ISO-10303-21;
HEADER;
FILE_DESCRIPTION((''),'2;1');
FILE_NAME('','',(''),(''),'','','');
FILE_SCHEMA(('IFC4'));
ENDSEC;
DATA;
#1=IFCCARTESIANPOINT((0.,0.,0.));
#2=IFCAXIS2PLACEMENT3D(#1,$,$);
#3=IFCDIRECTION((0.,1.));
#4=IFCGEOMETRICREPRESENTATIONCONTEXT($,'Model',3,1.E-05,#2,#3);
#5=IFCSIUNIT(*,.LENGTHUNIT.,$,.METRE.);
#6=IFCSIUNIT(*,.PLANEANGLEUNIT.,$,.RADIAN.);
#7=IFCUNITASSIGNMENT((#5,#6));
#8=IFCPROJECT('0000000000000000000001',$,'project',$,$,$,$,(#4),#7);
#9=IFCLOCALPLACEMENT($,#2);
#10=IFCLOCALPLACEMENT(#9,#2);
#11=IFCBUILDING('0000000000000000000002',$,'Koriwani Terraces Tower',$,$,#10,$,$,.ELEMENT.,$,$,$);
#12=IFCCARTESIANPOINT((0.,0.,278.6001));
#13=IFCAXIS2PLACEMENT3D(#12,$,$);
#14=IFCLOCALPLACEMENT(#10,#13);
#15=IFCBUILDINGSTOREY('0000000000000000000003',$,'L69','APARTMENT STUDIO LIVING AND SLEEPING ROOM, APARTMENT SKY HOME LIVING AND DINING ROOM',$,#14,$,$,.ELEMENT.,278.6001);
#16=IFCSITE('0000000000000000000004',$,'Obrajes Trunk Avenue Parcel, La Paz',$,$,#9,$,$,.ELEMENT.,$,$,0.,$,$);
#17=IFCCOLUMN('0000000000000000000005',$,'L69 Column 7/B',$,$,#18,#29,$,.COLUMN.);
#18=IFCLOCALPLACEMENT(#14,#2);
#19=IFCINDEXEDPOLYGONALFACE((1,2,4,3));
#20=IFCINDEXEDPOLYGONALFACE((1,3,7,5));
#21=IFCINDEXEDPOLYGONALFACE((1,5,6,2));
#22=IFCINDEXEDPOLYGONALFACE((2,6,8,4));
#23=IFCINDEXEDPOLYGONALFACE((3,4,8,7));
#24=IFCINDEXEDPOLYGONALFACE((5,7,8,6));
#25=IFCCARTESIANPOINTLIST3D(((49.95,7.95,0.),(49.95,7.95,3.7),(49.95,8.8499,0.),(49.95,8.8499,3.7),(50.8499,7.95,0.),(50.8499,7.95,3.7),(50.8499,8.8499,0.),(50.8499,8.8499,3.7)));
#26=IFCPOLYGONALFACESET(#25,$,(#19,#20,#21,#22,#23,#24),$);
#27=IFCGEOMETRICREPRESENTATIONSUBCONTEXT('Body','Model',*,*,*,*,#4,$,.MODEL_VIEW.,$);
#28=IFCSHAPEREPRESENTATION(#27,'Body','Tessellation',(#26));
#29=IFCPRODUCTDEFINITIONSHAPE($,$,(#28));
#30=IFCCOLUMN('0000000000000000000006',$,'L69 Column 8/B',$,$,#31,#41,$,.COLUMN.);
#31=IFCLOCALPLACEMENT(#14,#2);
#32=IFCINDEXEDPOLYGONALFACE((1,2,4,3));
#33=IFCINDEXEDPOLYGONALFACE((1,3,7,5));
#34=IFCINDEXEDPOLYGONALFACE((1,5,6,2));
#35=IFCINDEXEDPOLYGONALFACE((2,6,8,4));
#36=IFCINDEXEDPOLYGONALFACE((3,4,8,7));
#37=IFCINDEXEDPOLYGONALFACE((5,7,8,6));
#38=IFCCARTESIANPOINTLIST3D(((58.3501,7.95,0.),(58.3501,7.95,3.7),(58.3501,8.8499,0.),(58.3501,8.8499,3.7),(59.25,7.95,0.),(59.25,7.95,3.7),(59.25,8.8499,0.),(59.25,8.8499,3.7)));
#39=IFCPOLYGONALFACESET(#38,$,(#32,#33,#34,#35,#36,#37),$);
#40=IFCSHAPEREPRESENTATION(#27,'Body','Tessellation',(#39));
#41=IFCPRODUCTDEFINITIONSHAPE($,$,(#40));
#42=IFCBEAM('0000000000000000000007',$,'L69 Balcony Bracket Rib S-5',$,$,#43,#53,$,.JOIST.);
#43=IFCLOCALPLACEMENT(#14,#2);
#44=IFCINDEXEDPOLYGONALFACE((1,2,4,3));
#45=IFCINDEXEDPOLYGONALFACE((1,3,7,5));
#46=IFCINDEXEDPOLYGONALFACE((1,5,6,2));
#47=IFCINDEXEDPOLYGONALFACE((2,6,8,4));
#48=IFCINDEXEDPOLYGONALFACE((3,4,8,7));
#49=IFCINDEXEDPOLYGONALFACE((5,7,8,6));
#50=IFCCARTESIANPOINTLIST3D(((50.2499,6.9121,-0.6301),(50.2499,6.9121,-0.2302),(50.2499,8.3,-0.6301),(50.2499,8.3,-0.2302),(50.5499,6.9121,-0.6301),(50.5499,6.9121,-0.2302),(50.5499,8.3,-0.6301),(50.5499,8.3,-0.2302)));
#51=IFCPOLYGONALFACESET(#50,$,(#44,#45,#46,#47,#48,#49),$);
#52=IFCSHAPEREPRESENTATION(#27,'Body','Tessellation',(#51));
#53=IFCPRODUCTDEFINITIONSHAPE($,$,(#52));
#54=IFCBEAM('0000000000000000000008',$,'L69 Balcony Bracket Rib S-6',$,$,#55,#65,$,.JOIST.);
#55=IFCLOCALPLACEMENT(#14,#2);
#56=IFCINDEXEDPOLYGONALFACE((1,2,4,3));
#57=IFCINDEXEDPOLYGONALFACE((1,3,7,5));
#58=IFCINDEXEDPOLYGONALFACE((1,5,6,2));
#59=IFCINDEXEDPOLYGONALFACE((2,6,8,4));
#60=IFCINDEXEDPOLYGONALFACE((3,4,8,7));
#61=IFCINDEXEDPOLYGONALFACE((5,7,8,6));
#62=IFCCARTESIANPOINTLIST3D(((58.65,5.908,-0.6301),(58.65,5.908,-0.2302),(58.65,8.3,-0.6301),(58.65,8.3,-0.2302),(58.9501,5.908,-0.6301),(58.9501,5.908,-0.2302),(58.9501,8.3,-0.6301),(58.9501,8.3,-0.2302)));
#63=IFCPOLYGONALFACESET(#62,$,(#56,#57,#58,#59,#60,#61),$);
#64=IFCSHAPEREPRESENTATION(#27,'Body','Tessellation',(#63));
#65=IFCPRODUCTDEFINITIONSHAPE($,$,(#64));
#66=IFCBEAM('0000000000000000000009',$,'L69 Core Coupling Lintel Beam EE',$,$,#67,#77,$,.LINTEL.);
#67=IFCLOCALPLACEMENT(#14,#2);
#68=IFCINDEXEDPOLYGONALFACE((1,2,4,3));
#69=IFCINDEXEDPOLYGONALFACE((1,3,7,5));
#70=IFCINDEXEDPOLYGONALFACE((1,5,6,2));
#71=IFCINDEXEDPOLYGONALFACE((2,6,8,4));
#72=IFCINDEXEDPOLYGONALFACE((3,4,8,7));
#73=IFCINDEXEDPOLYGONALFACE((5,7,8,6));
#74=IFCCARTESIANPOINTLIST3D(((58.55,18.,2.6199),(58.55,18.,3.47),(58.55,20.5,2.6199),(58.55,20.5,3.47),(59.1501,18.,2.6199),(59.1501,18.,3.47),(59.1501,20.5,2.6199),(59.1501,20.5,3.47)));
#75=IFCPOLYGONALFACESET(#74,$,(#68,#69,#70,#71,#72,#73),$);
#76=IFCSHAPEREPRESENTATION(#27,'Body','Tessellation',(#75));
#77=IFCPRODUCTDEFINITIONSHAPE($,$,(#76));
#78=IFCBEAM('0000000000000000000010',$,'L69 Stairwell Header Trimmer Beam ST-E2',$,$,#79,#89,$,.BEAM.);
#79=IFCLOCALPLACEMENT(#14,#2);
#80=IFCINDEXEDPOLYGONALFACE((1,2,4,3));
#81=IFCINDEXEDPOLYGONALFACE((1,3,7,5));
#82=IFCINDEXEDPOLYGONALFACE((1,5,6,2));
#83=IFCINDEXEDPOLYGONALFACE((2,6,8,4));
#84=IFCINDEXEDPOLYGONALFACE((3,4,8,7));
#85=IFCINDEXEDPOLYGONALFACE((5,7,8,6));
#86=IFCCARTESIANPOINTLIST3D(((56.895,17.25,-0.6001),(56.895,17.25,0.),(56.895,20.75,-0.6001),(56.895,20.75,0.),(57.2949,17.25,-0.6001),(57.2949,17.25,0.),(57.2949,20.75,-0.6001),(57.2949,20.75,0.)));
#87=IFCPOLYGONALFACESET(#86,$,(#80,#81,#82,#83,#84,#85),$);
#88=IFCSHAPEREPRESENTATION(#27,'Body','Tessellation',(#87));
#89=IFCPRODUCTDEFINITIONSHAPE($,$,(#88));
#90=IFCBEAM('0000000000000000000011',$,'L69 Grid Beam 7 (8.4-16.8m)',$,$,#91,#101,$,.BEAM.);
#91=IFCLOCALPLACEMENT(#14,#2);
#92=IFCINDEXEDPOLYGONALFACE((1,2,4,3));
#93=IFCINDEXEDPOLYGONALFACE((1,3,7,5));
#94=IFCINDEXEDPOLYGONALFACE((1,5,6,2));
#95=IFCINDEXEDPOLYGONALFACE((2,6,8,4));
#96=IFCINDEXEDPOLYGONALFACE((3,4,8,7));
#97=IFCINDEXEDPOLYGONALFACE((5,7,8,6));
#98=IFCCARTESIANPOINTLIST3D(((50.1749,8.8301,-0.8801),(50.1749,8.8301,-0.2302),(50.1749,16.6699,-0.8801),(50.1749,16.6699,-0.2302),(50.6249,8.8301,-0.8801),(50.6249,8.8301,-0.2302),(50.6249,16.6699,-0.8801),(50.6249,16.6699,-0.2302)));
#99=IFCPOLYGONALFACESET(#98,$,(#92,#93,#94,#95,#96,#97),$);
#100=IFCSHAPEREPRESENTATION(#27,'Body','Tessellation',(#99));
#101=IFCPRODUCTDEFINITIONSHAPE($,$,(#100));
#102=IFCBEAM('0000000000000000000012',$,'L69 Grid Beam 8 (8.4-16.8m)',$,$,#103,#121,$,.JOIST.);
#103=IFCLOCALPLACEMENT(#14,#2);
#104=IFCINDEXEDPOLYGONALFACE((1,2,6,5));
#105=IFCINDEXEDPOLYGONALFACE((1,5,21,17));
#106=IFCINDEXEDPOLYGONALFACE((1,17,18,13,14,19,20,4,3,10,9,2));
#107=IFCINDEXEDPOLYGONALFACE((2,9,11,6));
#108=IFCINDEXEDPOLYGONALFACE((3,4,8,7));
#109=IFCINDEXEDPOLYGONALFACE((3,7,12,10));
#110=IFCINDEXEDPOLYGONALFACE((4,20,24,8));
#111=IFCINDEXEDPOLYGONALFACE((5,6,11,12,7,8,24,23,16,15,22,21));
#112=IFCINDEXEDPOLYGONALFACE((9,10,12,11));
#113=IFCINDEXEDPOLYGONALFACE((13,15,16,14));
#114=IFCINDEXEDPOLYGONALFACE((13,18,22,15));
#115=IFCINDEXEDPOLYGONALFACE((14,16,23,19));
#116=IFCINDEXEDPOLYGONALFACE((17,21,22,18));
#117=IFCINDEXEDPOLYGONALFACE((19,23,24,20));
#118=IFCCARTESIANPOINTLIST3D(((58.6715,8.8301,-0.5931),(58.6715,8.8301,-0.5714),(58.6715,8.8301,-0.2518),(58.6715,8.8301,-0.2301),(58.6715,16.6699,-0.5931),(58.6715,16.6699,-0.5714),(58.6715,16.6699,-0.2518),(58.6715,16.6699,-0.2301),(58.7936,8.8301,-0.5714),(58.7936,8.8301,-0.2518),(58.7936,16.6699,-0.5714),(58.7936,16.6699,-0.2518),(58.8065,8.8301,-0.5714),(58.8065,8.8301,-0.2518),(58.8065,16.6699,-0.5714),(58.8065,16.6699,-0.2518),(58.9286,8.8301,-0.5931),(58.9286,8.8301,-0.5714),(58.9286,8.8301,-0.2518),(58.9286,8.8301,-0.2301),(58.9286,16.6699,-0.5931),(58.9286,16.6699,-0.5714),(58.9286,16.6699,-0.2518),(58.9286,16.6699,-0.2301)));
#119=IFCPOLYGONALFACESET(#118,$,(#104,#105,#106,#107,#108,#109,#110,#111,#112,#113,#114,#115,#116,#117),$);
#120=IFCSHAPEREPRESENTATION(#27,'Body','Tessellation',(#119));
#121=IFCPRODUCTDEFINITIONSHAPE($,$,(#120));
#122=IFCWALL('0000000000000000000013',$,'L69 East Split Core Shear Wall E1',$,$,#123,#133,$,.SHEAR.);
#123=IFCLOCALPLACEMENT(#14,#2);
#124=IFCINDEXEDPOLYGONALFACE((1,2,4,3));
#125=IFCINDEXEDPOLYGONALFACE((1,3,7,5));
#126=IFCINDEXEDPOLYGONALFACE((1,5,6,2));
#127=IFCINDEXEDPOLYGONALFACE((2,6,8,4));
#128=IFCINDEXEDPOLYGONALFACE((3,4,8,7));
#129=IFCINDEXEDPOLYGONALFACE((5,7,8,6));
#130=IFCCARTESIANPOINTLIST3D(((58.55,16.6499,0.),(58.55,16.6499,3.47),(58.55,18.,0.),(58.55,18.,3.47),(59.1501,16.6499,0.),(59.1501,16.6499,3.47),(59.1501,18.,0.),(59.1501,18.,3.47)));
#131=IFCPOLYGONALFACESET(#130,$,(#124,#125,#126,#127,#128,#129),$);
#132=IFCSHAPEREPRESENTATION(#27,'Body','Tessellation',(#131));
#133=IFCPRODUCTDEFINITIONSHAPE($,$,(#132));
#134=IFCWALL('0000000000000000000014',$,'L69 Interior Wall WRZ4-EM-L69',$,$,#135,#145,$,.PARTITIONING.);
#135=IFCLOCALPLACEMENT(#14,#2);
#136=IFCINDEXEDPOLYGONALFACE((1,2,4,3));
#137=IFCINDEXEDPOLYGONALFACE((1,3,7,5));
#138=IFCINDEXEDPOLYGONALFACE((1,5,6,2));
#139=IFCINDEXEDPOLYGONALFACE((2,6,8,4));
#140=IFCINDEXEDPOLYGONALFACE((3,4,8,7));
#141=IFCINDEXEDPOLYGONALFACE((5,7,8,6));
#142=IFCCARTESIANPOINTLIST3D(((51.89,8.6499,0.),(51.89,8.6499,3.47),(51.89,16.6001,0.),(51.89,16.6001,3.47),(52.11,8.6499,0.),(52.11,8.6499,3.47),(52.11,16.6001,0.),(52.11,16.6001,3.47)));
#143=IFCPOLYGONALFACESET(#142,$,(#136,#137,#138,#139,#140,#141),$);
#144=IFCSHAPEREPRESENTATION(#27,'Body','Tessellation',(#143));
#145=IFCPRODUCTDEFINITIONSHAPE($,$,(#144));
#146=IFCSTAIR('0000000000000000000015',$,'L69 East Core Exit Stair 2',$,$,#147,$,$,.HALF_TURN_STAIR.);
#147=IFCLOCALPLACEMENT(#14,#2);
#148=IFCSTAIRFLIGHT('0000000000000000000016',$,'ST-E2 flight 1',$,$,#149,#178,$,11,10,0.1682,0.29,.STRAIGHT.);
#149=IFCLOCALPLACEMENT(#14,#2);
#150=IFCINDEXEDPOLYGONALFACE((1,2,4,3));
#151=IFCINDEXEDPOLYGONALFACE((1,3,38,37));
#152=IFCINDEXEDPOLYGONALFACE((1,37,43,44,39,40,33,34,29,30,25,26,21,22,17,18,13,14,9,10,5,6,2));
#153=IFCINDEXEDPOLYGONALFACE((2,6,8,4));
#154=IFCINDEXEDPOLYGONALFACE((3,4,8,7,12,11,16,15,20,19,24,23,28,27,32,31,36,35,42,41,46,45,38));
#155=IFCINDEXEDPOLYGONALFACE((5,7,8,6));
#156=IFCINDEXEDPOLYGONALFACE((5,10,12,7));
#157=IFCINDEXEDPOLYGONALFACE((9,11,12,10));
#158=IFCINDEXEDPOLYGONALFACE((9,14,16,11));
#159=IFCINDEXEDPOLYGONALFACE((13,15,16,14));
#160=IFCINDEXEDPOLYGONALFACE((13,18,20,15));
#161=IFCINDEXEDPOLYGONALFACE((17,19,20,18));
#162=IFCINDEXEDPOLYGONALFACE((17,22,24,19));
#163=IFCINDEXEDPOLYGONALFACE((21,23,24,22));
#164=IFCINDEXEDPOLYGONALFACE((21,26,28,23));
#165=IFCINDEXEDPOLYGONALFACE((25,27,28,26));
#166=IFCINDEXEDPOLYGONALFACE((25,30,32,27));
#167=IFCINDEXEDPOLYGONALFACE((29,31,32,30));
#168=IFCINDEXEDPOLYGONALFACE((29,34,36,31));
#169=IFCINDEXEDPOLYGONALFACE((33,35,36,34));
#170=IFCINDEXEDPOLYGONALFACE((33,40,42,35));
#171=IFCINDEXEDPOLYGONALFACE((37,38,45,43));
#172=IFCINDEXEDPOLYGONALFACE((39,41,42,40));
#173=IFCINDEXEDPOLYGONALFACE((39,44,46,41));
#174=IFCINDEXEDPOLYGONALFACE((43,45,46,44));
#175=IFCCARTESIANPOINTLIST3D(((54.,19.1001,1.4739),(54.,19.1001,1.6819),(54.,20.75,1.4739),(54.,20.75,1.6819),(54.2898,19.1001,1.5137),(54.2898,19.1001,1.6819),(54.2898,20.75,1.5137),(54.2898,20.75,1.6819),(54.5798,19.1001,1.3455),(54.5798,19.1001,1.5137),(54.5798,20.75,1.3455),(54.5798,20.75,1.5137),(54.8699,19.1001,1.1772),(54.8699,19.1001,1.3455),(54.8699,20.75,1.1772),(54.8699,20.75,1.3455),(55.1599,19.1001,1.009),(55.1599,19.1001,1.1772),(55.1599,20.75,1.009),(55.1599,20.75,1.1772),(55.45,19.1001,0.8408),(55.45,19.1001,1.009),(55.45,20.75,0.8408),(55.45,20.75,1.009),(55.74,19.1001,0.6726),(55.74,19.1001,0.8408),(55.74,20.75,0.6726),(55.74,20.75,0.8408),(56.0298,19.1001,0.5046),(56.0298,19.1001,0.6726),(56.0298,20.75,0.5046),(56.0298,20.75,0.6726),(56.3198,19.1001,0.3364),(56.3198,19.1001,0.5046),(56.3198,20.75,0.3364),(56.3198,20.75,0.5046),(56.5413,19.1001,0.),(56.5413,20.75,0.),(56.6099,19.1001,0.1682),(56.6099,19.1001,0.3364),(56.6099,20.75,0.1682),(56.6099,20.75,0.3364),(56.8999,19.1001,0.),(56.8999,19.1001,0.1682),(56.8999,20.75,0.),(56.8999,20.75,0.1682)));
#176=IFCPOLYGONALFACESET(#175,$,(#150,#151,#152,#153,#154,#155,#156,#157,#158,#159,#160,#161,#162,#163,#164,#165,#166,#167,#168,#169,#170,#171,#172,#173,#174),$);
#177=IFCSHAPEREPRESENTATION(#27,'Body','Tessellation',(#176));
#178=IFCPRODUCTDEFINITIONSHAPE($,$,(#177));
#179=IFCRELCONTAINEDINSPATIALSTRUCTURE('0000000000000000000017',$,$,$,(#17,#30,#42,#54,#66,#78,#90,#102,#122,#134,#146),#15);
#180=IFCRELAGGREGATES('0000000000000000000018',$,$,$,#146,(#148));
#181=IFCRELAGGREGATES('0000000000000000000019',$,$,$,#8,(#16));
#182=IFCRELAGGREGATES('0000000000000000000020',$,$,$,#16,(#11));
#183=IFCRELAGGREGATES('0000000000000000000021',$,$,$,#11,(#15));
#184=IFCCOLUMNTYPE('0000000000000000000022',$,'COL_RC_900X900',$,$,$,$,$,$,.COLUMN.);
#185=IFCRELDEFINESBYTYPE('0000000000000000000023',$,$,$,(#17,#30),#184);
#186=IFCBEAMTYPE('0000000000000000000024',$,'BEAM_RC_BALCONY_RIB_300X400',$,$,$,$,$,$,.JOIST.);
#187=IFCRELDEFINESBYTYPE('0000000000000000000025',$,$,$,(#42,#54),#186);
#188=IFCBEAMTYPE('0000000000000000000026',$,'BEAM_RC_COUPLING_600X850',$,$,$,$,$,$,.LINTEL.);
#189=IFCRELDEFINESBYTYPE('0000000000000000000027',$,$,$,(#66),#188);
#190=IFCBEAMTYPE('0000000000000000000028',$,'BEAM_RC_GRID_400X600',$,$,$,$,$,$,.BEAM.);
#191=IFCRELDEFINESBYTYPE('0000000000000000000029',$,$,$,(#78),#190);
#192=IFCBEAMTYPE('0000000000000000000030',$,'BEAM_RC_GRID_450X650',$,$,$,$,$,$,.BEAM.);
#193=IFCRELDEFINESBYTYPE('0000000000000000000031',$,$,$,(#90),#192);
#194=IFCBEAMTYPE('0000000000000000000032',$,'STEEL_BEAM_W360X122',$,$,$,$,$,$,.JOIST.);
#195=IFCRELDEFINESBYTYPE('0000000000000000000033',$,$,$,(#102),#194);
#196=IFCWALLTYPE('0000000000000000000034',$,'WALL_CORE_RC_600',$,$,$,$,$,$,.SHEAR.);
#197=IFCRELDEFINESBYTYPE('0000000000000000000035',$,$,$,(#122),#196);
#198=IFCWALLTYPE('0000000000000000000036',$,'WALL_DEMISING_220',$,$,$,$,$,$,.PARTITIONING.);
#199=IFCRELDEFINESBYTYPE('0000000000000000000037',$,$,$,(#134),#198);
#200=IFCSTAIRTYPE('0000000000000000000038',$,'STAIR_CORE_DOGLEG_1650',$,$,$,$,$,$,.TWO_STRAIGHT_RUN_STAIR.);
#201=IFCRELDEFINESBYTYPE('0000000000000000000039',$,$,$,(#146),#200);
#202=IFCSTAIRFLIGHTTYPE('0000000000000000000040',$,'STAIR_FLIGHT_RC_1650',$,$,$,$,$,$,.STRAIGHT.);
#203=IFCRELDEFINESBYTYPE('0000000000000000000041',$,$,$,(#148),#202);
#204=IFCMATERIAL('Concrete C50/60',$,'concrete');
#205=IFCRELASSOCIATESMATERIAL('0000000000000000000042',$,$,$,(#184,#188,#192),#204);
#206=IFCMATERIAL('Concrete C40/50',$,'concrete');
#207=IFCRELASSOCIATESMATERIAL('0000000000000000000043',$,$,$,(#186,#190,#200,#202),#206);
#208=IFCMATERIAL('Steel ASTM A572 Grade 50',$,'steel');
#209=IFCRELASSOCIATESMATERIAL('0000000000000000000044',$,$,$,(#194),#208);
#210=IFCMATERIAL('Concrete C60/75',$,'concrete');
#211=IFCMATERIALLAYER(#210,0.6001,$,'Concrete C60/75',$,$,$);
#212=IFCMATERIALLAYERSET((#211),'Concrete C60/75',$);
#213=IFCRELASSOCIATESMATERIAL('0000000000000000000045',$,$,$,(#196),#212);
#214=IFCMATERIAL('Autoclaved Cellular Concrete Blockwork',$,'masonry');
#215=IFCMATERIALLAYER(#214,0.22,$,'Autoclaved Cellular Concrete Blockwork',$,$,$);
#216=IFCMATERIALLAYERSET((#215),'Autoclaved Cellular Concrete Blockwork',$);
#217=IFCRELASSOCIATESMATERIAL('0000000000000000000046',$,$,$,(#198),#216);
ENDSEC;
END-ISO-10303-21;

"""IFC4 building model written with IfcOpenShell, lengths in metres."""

from ifc_helpers import new_model, si_unit, direction, frame, frame_2d, origin, origin_2d, place, context, subcontext, project, spatial, polyline, rectangle, i_section, outline, extrude, material, layer, layer_set, material_profile, profile_set, type_object, element, aggregate, save


model = new_model("IFC4")

# Units and contexts
model_context = context("Model", 3, precision=1e-05, world=origin(), true_north=direction((0.0, 1.0)))
body_context = subcontext(model_context, "Body", "Model", "MODEL_VIEW")
ifc_project = project(units=[si_unit("LENGTHUNIT", "METRE"), si_unit("PLANEANGLEUNIT", "RADIAN")], contexts=[model_context])

# Site, building, storey
site_placement = place(None, origin())
site = spatial("IfcSite", under=ifc_project, at=site_placement, Name="Obrajes Trunk Avenue Parcel, La Paz", CompositionType="ELEMENT", RefElevation=0.0)
building_placement = place(site_placement, origin())
building = spatial("IfcBuilding", under=site, at=building_placement, Name="Koriwani Terraces Tower", CompositionType="ELEMENT")
storey_placement = place(building_placement, frame((0.0, 0.0, 278.6001)))
storey = spatial("IfcBuildingStorey", under=building, at=storey_placement, Name="L69", Description="APARTMENT STUDIO LIVING AND SLEEPING ROOM, APARTMENT SKY HOME LIVING AND DINING ROOM", CompositionType="ELEMENT", Elevation=278.6001)

# Columns
ifc_material_1 = material(Name="Concrete C50/60", Category="concrete")
ifc_material_profile_1 = material_profile(ifc_material_1, rectangle(XDim=0.8999, YDim=0.8999, at=origin_2d()), Name="Concrete C50/60", Category="LoadBearing")
ifc_profile_set_1 = profile_set([ifc_material_profile_1], Name="Concrete C50/60")
column_type = type_object("IfcColumnType", Name="COL_RC_900X900", PredefinedType="COLUMN", material=ifc_profile_set_1)
for number, where, z_axis, x_axis, name in (
    (1, (50.3999, 8.3999, 0.0), (0.0, 0.0, 1.0), (1.0, 0.0, 0.0), "L69 Column 7/B"),
    (2, (58.8, 8.3999, 0.0), (0.0, 0.0, 1.0), (1.0, 0.0, 0.0), "L69 Column 8/B"),
):
    element("IfcColumn", number, at=place(storey_placement, frame(where, z_axis=z_axis, x_axis=x_axis)), inside=storey, type_object=column_type, Name=name, PredefinedType="COLUMN", context=body_context, shape_type="SweptSolid", body=[
        extrude(rectangle(XDim=0.8999, YDim=0.8999, at=origin_2d()), origin(), (0.0, 0.0, 1.0), 3.7),
    ])

# Beams
ifc_material_2 = material(Name="Concrete C40/50", Category="concrete")
ifc_material_profile_2 = material_profile(ifc_material_2, rectangle(XDim=0.3, YDim=0.3999, at=origin_2d()), Name="Concrete C40/50", Category="LoadBearing")
ifc_profile_set_2 = profile_set([ifc_material_profile_2], Name="Concrete C40/50")
beam_type_1 = type_object("IfcBeamType", Name="BEAM_RC_BALCONY_RIB_300X400", PredefinedType="JOIST", material=ifc_profile_set_2)
beam_1_placement = place(storey_placement, frame((50.3999, 6.9121, -0.4302), z_axis=(0.0, 1.0, 0.0), x_axis=(-1.0, 0.0, 0.0)))
element("IfcBeam", 3, at=beam_1_placement, inside=storey, type_object=beam_type_1, Name="L69 Balcony Bracket Rib S-5", PredefinedType="JOIST", context=body_context, shape_type="SweptSolid", body=[
    extrude(rectangle(XDim=0.3, YDim=0.3999, at=origin_2d()), origin(), (0.0, 0.0, 1.0), 1.3879),
])
beam_2_placement = place(storey_placement, frame((58.8, 5.908, -0.4302), z_axis=(0.0, 1.0, 0.0), x_axis=(-1.0, 0.0, 0.0)))
element("IfcBeam", 4, at=beam_2_placement, inside=storey, type_object=beam_type_1, Name="L69 Balcony Bracket Rib S-6", PredefinedType="JOIST", context=body_context, shape_type="SweptSolid", body=[
    extrude(rectangle(XDim=0.3, YDim=0.3999, at=origin_2d()), origin(), (0.0, 0.0, 1.0), 2.3921),
])
ifc_material_profile_3 = material_profile(ifc_material_1, rectangle(XDim=0.6001, YDim=0.8501, at=origin_2d()), Name="Concrete C50/60", Category="LoadBearing")
ifc_profile_set_3 = profile_set([ifc_material_profile_3], Name="Concrete C50/60")
beam_type_2 = type_object("IfcBeamType", Name="BEAM_RC_COUPLING_600X850", PredefinedType="LINTEL", material=ifc_profile_set_3)
beam_3_placement = place(storey_placement, frame((58.8501, 18.0, 3.0449), z_axis=(0.0, 1.0, 0.0), x_axis=(-1.0, 0.0, 0.0)))
element("IfcBeam", 5, at=beam_3_placement, inside=storey, type_object=beam_type_2, Name="L69 Core Coupling Lintel Beam EE", PredefinedType="LINTEL", context=body_context, shape_type="SweptSolid", body=[
    extrude(rectangle(XDim=0.6001, YDim=0.8501, at=origin_2d()), origin(), (0.0, 0.0, 1.0), 2.5),
])
ifc_material_profile_4 = material_profile(ifc_material_2, rectangle(XDim=0.3999, YDim=0.6001, at=origin_2d()), Name="Concrete C40/50", Category="LoadBearing")
ifc_profile_set_4 = profile_set([ifc_material_profile_4], Name="Concrete C40/50")
beam_type_3 = type_object("IfcBeamType", Name="BEAM_RC_GRID_400X600", PredefinedType="BEAM", material=ifc_profile_set_4)
beam_4_placement = place(storey_placement, frame((57.095, 17.25, -0.3), z_axis=(0.0, 1.0, 0.0), x_axis=(-1.0, 0.0, 0.0)))
element("IfcBeam", 6, at=beam_4_placement, inside=storey, type_object=beam_type_3, Name="L69 Stairwell Header Trimmer Beam ST-E2", PredefinedType="BEAM", context=body_context, shape_type="SweptSolid", body=[
    extrude(rectangle(XDim=0.3999, YDim=0.6001, at=origin_2d()), origin(), (0.0, 0.0, 1.0), 3.5),
])
ifc_material_profile_5 = material_profile(ifc_material_1, rectangle(XDim=0.45, YDim=0.6499, at=origin_2d()), Name="Concrete C50/60", Category="LoadBearing")
ifc_profile_set_5 = profile_set([ifc_material_profile_5], Name="Concrete C50/60")
beam_type_4 = type_object("IfcBeamType", Name="BEAM_RC_GRID_450X650", PredefinedType="BEAM", material=ifc_profile_set_5)
beam_5_placement = place(storey_placement, frame((50.3999, 8.8301, -0.5552), z_axis=(0.0, 1.0, 0.0), x_axis=(-1.0, 0.0, 0.0)))
element("IfcBeam", 7, at=beam_5_placement, inside=storey, type_object=beam_type_4, Name="L69 Grid Beam 7 (8.4-16.8m)", PredefinedType="BEAM", context=body_context, shape_type="SweptSolid", body=[
    extrude(rectangle(XDim=0.45, YDim=0.6499, at=origin_2d()), origin(), (0.0, 0.0, 1.0), 7.8398),
])
ifc_material_3 = material(Name="Steel ASTM A572 Grade 50", Category="steel")
ifc_material_profile_6 = material_profile(ifc_material_3, i_section(OverallWidth=0.2571, OverallDepth=0.363, WebThickness=0.0129, FlangeThickness=0.0217, at=origin_2d()), Name="Steel ASTM A572 Grade 50", Category="LoadBearing")
ifc_profile_set_6 = profile_set([ifc_material_profile_6], Name="Steel ASTM A572 Grade 50")
beam_type_5 = type_object("IfcBeamType", Name="STEEL_BEAM_W360X122", PredefinedType="JOIST", material=ifc_profile_set_6)
beam_6_placement = place(storey_placement, frame((58.8, 8.8301, -0.4116), z_axis=(0.0, 1.0, 0.0), x_axis=(-1.0, 0.0, 0.0)))
element("IfcBeam", 8, at=beam_6_placement, inside=storey, type_object=beam_type_5, Name="L69 Grid Beam 8 (8.4-16.8m)", PredefinedType="JOIST", context=body_context, shape_type="SweptSolid", body=[
    extrude(i_section(OverallWidth=0.2571, OverallDepth=0.363, WebThickness=0.0129, FlangeThickness=0.0217, at=origin_2d()), origin(), (0.0, 0.0, 1.0), 7.8398),
])

# Walls
ifc_material_4 = material(Name="Concrete C60/75", Category="concrete")
ifc_layer_1 = layer(ifc_material_4, 0.6001, Name="Concrete C60/75")
ifc_layer_set_1 = layer_set([ifc_layer_1], Name="Concrete C60/75")
wall_type_1 = type_object("IfcWallType", Name="WALL_CORE_RC_600", PredefinedType="SHEAR", material=ifc_layer_set_1)
wall_1_placement = place(storey_placement, frame((58.8501, 16.6499, 0.0), z_axis=(0.0, 0.0, 1.0), x_axis=(0.0, 1.0, 0.0)))
element("IfcWall", 9, at=wall_1_placement, inside=storey, type_object=wall_type_1, Name="L69 East Split Core Shear Wall E1", PredefinedType="SHEAR", context=body_context, shape_type="SweptSolid", body=[
    extrude(rectangle(XDim=1.3501, YDim=0.6001, at=frame_2d((0.675, 0.0))), origin(), (0.0, 0.0, 1.0), 3.47),
])
ifc_material_5 = material(Name="Autoclaved Cellular Concrete Blockwork", Category="masonry")
ifc_layer_2 = layer(ifc_material_5, 0.22, Name="Autoclaved Cellular Concrete Blockwork")
ifc_layer_set_2 = layer_set([ifc_layer_2], Name="Autoclaved Cellular Concrete Blockwork")
wall_type_2 = type_object("IfcWallType", Name="WALL_DEMISING_220", PredefinedType="PARTITIONING", material=ifc_layer_set_2)
wall_2_placement = place(storey_placement, frame((52.0, 8.6499, 0.0), z_axis=(0.0, 0.0, 1.0), x_axis=(0.0, 1.0, 0.0)))
element("IfcWall", 10, at=wall_2_placement, inside=storey, type_object=wall_type_2, Name="L69 Interior Wall WRZ4-EM-L69", PredefinedType="PARTITIONING", context=body_context, shape_type="SweptSolid", body=[
    extrude(rectangle(XDim=7.9502, YDim=0.22, at=frame_2d((3.9751, 0.0))), origin(), (0.0, 0.0, 1.0), 3.47),
])

# Stair, stair flight
stair_type = type_object("IfcStairType", Name="STAIR_CORE_DOGLEG_1650", PredefinedType="TWO_STRAIGHT_RUN_STAIR", material=ifc_material_2)
stair_placement = place(storey_placement, origin())
stair = element("IfcStair", 11, at=stair_placement, inside=storey, type_object=stair_type, Name="L69 East Core Exit Stair 2", PredefinedType="HALF_TURN_STAIR")
stair_flight_type = type_object("IfcStairFlightType", Name="STAIR_FLIGHT_RC_1650", PredefinedType="STRAIGHT", material=ifc_material_2)
stair_flight_1_placement = place(storey_placement, frame((56.8999, 19.925, 0.0), z_axis=(0.0, 0.0, 1.0), x_axis=(-1.0, 0.0, 0.0)))
stair_flight_1 = element("IfcStairFlight", 12, at=stair_flight_1_placement, type_object=stair_flight_type, Name="ST-E2 flight 1", NumberOfRisers=11, NumberOfTreads=10, PredefinedType="STRAIGHT", RiserHeight=0.1682, TreadLength=0.29, context=body_context, shape_type="SweptSolid", body=[
    extrude(outline(polyline([(0.0, 0.0), (0.0, 0.1682), (0.29, 0.1682), (0.29, 0.3364), (0.5801, 0.3364), (0.5801, 0.5046), (0.8701, 0.5046), (0.8701, 0.6726), (1.1599, 0.6726), (1.1599, 0.8408), (1.45, 0.8408), (1.45, 1.009), (1.74, 1.009), (1.74, 1.1772), (2.03, 1.1772), (2.03, 1.3455), (2.3201, 1.3455), (2.3201, 1.5137), (2.6101, 1.5137), (2.6101, 1.6819), (2.8999, 1.6819), (2.8999, 1.8501), (2.8999, 1.4739), (0.3586, 0.0), (0.0, 0.0)])), frame((0.0, 0.825, 0.0), z_axis=(0.0, -1.0, 0.0), x_axis=(1.0, 0.0, 0.0)), (0.0, 0.0, 1.0), 1.6499),
])
aggregate(stair, [stair_flight_1])

save(model, "model.ifc")
